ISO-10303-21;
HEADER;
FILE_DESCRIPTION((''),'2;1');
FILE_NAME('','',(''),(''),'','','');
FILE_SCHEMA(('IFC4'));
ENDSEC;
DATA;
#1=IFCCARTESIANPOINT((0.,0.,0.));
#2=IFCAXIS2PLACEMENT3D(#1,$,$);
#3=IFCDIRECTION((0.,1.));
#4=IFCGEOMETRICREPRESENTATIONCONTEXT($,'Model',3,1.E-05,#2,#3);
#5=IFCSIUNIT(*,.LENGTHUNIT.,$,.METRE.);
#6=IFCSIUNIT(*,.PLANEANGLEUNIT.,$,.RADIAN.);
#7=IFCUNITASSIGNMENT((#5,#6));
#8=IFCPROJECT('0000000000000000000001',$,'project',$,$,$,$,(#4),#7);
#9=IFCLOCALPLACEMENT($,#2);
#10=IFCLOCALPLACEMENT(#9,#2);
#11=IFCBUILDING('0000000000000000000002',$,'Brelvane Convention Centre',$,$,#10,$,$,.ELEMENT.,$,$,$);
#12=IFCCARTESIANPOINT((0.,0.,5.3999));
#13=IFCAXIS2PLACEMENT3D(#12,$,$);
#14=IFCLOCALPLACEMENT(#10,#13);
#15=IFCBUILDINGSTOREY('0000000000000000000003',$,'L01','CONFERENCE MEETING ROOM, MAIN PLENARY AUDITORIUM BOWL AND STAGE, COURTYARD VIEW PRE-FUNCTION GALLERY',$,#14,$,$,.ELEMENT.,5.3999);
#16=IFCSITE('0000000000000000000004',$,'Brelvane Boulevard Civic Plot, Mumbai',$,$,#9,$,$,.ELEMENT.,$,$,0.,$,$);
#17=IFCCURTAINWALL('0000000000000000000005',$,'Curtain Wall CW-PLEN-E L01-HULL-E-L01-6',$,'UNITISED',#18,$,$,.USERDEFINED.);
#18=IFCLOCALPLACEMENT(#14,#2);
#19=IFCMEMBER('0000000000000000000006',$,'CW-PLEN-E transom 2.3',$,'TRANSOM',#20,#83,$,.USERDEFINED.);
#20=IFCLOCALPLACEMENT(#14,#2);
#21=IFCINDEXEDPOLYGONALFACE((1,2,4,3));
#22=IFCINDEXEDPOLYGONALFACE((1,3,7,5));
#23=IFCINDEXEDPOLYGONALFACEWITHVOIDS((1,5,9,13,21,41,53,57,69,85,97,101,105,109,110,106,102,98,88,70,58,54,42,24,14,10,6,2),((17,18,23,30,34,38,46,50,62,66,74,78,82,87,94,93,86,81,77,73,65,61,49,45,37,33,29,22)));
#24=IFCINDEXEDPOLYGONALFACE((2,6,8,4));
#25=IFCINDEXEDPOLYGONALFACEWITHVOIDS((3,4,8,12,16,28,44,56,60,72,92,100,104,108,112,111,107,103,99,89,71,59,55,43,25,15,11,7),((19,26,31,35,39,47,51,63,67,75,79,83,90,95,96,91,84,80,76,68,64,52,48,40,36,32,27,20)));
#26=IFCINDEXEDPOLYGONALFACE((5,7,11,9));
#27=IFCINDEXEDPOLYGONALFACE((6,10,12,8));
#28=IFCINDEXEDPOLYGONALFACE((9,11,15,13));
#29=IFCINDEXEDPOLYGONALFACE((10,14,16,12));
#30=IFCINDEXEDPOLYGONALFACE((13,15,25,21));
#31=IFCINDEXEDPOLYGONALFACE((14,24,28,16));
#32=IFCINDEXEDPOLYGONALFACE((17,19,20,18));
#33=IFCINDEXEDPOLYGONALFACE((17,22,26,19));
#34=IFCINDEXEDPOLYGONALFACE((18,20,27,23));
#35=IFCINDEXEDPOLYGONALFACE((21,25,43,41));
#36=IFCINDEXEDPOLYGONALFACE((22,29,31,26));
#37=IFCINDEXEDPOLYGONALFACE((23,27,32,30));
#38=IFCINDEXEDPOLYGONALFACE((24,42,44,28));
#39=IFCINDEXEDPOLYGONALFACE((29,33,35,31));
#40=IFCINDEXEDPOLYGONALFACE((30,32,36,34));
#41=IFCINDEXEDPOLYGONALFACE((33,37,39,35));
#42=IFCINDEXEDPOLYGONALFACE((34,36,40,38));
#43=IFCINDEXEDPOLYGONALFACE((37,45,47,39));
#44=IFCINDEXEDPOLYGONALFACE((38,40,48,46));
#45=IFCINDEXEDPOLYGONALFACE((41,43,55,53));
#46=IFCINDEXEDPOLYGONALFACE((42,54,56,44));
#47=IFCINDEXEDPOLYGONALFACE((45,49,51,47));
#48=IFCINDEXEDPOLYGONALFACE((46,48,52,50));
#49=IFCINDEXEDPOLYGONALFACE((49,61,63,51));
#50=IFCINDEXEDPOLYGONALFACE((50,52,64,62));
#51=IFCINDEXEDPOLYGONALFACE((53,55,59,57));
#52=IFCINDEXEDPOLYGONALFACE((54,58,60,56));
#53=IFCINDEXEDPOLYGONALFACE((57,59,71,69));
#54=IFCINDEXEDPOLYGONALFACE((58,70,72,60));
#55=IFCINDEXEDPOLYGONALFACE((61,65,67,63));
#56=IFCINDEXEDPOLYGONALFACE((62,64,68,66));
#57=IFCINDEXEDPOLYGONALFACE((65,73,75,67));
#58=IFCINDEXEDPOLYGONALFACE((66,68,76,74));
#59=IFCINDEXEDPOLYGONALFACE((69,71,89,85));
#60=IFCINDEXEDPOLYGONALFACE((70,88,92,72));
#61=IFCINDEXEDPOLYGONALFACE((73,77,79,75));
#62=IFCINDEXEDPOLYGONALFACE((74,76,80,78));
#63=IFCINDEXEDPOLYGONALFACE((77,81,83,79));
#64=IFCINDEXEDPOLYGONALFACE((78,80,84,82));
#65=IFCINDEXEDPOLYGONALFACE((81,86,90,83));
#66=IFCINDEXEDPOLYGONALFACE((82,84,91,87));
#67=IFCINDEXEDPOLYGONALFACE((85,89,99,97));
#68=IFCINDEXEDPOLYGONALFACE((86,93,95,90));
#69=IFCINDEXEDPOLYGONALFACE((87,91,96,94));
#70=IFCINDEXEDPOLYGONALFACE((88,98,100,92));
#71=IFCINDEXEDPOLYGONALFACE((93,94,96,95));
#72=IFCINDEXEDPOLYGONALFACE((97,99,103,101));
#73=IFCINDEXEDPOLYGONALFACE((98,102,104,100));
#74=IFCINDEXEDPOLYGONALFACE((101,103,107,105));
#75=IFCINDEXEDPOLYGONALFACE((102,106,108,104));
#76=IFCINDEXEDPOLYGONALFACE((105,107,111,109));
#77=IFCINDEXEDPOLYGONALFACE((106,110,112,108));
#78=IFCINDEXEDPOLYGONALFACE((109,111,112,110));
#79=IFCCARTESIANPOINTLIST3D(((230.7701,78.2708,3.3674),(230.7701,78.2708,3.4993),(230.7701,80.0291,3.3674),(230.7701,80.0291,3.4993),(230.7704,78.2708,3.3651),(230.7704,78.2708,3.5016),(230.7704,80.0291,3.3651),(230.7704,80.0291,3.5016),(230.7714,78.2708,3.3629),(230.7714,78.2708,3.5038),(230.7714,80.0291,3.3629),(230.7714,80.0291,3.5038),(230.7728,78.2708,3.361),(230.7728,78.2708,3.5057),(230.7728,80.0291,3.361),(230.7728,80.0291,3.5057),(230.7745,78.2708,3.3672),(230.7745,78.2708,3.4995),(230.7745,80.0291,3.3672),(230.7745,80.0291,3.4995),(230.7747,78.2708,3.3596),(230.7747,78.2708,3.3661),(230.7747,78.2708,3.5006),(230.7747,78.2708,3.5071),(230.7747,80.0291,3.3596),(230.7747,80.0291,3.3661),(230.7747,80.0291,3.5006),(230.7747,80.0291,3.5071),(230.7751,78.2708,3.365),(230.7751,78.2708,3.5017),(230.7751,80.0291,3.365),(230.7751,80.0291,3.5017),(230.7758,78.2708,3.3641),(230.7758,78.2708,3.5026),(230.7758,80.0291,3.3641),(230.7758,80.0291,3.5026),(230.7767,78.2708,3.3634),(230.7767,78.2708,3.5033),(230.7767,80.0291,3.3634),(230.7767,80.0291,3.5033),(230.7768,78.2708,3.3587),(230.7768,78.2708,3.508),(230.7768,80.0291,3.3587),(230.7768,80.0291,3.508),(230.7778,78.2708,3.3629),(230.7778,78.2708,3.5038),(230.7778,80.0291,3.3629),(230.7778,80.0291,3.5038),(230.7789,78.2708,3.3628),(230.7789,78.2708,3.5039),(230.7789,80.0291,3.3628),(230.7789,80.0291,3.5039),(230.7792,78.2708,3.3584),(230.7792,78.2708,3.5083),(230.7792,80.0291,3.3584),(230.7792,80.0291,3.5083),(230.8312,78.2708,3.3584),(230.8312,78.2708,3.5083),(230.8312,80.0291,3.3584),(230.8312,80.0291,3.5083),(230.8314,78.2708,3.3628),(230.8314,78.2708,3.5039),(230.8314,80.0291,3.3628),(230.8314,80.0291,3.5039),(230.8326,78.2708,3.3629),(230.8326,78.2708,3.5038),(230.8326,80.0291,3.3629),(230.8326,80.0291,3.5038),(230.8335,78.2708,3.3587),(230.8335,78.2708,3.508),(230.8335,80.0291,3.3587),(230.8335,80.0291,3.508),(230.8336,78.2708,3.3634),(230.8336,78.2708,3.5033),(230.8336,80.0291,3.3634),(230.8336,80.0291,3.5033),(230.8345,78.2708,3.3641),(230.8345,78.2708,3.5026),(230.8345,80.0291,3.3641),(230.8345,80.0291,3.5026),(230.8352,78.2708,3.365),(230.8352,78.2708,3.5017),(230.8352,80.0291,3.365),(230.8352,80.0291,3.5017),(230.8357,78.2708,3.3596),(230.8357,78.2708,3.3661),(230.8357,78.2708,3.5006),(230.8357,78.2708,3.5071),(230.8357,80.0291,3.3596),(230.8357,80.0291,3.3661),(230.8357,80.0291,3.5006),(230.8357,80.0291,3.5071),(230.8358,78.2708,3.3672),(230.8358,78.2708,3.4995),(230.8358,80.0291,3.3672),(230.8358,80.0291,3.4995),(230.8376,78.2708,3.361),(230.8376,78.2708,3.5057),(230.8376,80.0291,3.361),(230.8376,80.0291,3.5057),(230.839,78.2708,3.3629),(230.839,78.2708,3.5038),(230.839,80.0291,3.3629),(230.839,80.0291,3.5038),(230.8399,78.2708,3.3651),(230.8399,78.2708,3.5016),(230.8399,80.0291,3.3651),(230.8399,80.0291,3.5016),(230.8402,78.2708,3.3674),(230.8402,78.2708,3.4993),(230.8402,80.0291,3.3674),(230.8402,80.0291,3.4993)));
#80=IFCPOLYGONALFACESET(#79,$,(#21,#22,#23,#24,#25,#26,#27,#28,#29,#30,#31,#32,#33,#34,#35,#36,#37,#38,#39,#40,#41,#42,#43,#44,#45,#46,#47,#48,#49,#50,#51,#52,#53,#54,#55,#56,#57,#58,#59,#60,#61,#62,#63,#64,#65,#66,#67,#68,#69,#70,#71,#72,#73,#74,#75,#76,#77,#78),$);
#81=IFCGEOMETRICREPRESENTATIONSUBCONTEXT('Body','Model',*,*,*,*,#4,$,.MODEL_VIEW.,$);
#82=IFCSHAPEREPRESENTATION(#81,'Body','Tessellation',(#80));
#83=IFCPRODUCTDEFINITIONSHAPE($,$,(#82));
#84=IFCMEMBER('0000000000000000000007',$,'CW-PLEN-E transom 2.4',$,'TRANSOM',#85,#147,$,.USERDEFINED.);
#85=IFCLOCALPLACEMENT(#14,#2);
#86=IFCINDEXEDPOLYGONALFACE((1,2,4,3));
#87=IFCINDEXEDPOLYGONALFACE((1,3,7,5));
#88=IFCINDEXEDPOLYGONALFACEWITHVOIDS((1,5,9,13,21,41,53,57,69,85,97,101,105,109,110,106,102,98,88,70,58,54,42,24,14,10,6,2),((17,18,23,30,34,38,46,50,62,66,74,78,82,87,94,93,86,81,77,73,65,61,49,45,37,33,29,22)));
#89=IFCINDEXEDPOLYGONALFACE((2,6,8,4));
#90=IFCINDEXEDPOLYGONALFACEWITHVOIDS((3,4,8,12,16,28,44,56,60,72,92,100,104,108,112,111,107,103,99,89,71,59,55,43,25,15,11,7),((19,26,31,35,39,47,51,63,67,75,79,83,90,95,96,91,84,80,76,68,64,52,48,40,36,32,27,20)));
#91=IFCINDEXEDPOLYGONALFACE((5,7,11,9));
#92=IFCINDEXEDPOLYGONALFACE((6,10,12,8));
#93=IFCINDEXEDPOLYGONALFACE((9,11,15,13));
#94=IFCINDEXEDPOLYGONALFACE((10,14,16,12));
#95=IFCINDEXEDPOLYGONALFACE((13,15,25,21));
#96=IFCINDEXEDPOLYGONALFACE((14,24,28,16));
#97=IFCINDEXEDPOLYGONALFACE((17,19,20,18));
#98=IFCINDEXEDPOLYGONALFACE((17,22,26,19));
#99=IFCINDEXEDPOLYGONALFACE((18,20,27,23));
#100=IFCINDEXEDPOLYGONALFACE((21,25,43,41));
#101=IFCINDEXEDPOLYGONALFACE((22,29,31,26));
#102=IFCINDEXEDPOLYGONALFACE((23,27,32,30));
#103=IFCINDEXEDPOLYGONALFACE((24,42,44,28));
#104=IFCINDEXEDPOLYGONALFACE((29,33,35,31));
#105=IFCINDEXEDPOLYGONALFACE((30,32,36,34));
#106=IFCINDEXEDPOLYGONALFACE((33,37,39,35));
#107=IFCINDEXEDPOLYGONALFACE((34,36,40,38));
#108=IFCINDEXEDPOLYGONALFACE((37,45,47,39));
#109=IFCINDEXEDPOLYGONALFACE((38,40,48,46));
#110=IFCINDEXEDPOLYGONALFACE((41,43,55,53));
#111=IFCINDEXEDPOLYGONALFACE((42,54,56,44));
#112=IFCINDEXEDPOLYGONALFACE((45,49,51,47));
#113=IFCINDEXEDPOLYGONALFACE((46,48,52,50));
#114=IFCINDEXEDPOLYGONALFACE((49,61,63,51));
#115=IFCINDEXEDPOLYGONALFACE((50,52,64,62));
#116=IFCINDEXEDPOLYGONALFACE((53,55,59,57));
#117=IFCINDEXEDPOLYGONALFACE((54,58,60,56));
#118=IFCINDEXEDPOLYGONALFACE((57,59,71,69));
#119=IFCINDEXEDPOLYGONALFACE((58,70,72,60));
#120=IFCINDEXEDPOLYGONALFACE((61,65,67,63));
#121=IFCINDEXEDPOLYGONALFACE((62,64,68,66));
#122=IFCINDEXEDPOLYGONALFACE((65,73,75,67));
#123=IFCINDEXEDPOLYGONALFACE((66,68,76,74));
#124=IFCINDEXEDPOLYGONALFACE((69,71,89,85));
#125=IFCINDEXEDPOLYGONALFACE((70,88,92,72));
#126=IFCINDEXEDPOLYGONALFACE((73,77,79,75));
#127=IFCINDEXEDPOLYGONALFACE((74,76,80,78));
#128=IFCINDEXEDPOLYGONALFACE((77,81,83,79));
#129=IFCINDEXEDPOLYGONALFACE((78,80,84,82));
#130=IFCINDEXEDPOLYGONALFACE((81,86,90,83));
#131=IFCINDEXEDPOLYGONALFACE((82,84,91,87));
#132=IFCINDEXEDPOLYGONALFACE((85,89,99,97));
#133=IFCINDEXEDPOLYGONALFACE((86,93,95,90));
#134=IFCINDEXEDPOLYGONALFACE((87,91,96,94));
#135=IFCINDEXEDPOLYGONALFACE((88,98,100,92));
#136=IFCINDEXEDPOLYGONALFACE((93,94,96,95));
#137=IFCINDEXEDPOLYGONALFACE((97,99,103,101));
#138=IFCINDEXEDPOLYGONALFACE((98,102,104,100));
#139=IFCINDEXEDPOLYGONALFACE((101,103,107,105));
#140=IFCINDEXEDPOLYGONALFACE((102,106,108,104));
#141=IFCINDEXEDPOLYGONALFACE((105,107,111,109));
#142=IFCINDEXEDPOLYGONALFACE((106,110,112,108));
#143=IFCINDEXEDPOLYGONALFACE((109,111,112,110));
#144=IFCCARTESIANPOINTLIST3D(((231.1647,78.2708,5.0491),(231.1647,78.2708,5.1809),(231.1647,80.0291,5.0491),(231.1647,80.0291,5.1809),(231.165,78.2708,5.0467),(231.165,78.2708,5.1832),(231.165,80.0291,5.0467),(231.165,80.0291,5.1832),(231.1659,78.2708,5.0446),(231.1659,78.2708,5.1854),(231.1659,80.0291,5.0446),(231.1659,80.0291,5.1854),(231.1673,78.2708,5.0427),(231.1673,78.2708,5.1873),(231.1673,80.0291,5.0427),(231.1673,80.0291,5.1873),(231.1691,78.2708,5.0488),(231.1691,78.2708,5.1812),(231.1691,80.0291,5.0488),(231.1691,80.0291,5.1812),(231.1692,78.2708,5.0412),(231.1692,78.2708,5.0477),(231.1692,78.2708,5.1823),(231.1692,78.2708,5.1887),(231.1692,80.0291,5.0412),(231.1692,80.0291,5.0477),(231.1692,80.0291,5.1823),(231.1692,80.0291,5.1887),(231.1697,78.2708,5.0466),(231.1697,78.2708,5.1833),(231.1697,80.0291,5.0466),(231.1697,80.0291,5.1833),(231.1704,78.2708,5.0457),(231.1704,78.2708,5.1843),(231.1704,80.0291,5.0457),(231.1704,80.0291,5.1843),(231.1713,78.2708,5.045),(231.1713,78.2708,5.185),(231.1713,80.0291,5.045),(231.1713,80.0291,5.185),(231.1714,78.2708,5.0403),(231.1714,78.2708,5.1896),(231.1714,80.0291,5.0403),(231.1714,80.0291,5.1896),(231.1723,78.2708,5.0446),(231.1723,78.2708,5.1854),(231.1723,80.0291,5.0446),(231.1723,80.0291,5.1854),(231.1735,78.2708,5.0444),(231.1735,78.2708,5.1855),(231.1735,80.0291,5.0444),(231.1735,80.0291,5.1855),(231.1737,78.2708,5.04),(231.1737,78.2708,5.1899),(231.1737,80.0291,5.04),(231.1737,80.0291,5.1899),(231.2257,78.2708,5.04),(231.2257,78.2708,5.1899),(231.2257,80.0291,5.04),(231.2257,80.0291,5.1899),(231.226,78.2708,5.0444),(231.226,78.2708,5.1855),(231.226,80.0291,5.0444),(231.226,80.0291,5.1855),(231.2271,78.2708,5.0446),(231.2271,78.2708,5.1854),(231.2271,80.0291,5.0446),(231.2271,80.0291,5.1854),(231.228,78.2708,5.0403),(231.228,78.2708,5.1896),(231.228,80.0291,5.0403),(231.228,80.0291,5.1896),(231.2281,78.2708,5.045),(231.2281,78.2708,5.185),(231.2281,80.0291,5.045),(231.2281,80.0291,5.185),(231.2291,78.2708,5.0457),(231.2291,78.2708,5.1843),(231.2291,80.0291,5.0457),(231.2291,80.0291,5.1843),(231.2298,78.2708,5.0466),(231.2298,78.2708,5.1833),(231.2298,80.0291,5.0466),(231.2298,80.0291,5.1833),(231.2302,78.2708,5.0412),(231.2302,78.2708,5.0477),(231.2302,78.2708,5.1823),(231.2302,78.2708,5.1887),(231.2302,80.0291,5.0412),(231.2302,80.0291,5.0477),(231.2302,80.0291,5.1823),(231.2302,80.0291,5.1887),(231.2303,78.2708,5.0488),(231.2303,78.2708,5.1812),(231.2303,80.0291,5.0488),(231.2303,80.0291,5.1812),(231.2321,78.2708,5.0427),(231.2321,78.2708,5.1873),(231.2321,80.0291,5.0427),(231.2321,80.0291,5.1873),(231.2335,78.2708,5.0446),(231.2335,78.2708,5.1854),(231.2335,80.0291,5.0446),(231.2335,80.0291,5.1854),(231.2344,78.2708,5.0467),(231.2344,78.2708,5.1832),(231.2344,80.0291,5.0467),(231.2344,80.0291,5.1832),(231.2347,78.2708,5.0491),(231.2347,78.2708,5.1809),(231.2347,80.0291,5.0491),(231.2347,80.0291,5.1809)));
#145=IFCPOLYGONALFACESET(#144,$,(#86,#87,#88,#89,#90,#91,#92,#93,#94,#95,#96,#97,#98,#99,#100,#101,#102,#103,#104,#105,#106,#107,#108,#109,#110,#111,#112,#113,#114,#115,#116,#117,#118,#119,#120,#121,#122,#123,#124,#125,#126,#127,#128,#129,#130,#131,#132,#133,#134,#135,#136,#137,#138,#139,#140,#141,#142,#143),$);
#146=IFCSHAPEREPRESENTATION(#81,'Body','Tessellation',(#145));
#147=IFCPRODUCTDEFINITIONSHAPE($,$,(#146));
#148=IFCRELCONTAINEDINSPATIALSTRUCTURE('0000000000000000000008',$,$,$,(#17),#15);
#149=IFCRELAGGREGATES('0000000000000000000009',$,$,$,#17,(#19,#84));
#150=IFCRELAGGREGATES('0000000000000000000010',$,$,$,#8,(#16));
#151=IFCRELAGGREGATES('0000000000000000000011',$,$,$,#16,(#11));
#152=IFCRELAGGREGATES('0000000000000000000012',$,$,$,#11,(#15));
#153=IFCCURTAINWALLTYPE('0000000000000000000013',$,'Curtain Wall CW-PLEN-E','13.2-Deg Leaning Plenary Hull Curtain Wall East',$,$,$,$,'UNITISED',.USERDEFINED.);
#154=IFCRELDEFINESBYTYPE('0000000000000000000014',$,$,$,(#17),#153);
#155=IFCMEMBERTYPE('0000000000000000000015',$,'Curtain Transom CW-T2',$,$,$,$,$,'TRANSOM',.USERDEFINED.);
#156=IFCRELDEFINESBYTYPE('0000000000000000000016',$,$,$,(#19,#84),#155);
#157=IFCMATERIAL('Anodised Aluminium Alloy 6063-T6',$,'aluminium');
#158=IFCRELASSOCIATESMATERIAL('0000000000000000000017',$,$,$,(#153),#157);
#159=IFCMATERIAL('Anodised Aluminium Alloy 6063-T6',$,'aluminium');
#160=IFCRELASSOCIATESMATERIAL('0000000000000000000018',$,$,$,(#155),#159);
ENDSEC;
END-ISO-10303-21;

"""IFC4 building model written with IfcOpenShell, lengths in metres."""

from ifc_helpers import new_model, si_unit, direction, frame, origin, origin_2d, place, context, subcontext, project, spatial, hollow_rectangle, extrude, material, material_profile, profile_set, type_object, element, aggregate, save


model = new_model("IFC4")

# Units and contexts
model_context = context("Model", 3, precision=1e-05, world=origin(), true_north=direction((0.0, 1.0)))
body_context = subcontext(model_context, "Body", "Model", "MODEL_VIEW")
ifc_project = project(units=[si_unit("LENGTHUNIT", "METRE"), si_unit("PLANEANGLEUNIT", "RADIAN")], contexts=[model_context])

# Site, building, storey
site_placement = place(None, origin())
site = spatial("IfcSite", under=ifc_project, at=site_placement, Name="Brelvane Boulevard Civic Plot, Mumbai", CompositionType="ELEMENT", RefElevation=0.0)
building_placement = place(site_placement, origin())
building = spatial("IfcBuilding", under=site, at=building_placement, Name="Brelvane Convention Centre", CompositionType="ELEMENT")
storey_placement = place(building_placement, frame((0.0, 0.0, 5.3999)))
storey = spatial("IfcBuildingStorey", under=building, at=storey_placement, Name="L01", Description="CONFERENCE MEETING ROOM, MAIN PLENARY AUDITORIUM BOWL AND STAGE, COURTYARD VIEW PRE-FUNCTION GALLERY", CompositionType="ELEMENT", Elevation=5.3999)

# Curtain wall, members
ifc_material_1 = material(Name="Anodised Aluminium Alloy 6063-T6", Category="aluminium")
curtain_wall_type = type_object("IfcCurtainWallType", Name="Curtain Wall CW-PLEN-E", Description="13.2-Deg Leaning Plenary Hull Curtain Wall East", ElementType="UNITISED", PredefinedType="USERDEFINED", material=ifc_material_1)
curtain_wall_placement = place(storey_placement, origin())
curtain_wall = element("IfcCurtainWall", 1, at=curtain_wall_placement, inside=storey, type_object=curtain_wall_type, Name="Curtain Wall CW-PLEN-E L01-HULL-E-L01-6", ObjectType="UNITISED", PredefinedType="USERDEFINED")
ifc_material_2 = material(Name="Anodised Aluminium Alloy 6063-T6", Category="aluminium")
ifc_material_profile_1 = material_profile(ifc_material_2, hollow_rectangle(XDim=0.0701, YDim=0.1499, WallThickness=0.0044, InnerFilletRadius=0.0044, OuterFilletRadius=0.009, at=origin_2d()), Name="ALU-T 150x70x4.5")
ifc_profile_set_1 = profile_set([ifc_material_profile_1], Name="Anodised Aluminium Alloy 6063-T6")
member_type_1 = type_object("IfcMemberType", Name="Curtain Transom CW-T2", ElementType="TRANSOM", PredefinedType="USERDEFINED", material=ifc_profile_set_1)
member_1_placement = place(storey_placement, frame((230.8052, 78.2708, 3.4333), z_axis=(0.0, 1.0, 0.0), x_axis=(-1.0, 0.0, 0.0)))
member_1 = element("IfcMember", 2, at=member_1_placement, type_object=member_type_1, Name="CW-PLEN-E transom 2.3", ObjectType="TRANSOM", PredefinedType="USERDEFINED", context=body_context, shape_type="SweptSolid", body=[
    extrude(hollow_rectangle(XDim=0.0701, YDim=0.1499, WallThickness=0.0044, InnerFilletRadius=0.0044, OuterFilletRadius=0.009, at=origin_2d()), origin(), (0.0, 0.0, 1.0), 1.7583),
])
member_2_placement = place(storey_placement, frame((231.1997, 78.2708, 5.115), z_axis=(0.0, 1.0, 0.0), x_axis=(-1.0, 0.0, 0.0)))
member_2 = element("IfcMember", 3, at=member_2_placement, type_object=member_type_1, Name="CW-PLEN-E transom 2.4", ObjectType="TRANSOM", PredefinedType="USERDEFINED", context=body_context, shape_type="SweptSolid", body=[
    extrude(hollow_rectangle(XDim=0.0701, YDim=0.1499, WallThickness=0.0044, InnerFilletRadius=0.0044, OuterFilletRadius=0.009, at=origin_2d()), origin(), (0.0, 0.0, 1.0), 1.7583),
])

aggregate(curtain_wall, [member_1, member_2])

save(model, "model.ifc")
